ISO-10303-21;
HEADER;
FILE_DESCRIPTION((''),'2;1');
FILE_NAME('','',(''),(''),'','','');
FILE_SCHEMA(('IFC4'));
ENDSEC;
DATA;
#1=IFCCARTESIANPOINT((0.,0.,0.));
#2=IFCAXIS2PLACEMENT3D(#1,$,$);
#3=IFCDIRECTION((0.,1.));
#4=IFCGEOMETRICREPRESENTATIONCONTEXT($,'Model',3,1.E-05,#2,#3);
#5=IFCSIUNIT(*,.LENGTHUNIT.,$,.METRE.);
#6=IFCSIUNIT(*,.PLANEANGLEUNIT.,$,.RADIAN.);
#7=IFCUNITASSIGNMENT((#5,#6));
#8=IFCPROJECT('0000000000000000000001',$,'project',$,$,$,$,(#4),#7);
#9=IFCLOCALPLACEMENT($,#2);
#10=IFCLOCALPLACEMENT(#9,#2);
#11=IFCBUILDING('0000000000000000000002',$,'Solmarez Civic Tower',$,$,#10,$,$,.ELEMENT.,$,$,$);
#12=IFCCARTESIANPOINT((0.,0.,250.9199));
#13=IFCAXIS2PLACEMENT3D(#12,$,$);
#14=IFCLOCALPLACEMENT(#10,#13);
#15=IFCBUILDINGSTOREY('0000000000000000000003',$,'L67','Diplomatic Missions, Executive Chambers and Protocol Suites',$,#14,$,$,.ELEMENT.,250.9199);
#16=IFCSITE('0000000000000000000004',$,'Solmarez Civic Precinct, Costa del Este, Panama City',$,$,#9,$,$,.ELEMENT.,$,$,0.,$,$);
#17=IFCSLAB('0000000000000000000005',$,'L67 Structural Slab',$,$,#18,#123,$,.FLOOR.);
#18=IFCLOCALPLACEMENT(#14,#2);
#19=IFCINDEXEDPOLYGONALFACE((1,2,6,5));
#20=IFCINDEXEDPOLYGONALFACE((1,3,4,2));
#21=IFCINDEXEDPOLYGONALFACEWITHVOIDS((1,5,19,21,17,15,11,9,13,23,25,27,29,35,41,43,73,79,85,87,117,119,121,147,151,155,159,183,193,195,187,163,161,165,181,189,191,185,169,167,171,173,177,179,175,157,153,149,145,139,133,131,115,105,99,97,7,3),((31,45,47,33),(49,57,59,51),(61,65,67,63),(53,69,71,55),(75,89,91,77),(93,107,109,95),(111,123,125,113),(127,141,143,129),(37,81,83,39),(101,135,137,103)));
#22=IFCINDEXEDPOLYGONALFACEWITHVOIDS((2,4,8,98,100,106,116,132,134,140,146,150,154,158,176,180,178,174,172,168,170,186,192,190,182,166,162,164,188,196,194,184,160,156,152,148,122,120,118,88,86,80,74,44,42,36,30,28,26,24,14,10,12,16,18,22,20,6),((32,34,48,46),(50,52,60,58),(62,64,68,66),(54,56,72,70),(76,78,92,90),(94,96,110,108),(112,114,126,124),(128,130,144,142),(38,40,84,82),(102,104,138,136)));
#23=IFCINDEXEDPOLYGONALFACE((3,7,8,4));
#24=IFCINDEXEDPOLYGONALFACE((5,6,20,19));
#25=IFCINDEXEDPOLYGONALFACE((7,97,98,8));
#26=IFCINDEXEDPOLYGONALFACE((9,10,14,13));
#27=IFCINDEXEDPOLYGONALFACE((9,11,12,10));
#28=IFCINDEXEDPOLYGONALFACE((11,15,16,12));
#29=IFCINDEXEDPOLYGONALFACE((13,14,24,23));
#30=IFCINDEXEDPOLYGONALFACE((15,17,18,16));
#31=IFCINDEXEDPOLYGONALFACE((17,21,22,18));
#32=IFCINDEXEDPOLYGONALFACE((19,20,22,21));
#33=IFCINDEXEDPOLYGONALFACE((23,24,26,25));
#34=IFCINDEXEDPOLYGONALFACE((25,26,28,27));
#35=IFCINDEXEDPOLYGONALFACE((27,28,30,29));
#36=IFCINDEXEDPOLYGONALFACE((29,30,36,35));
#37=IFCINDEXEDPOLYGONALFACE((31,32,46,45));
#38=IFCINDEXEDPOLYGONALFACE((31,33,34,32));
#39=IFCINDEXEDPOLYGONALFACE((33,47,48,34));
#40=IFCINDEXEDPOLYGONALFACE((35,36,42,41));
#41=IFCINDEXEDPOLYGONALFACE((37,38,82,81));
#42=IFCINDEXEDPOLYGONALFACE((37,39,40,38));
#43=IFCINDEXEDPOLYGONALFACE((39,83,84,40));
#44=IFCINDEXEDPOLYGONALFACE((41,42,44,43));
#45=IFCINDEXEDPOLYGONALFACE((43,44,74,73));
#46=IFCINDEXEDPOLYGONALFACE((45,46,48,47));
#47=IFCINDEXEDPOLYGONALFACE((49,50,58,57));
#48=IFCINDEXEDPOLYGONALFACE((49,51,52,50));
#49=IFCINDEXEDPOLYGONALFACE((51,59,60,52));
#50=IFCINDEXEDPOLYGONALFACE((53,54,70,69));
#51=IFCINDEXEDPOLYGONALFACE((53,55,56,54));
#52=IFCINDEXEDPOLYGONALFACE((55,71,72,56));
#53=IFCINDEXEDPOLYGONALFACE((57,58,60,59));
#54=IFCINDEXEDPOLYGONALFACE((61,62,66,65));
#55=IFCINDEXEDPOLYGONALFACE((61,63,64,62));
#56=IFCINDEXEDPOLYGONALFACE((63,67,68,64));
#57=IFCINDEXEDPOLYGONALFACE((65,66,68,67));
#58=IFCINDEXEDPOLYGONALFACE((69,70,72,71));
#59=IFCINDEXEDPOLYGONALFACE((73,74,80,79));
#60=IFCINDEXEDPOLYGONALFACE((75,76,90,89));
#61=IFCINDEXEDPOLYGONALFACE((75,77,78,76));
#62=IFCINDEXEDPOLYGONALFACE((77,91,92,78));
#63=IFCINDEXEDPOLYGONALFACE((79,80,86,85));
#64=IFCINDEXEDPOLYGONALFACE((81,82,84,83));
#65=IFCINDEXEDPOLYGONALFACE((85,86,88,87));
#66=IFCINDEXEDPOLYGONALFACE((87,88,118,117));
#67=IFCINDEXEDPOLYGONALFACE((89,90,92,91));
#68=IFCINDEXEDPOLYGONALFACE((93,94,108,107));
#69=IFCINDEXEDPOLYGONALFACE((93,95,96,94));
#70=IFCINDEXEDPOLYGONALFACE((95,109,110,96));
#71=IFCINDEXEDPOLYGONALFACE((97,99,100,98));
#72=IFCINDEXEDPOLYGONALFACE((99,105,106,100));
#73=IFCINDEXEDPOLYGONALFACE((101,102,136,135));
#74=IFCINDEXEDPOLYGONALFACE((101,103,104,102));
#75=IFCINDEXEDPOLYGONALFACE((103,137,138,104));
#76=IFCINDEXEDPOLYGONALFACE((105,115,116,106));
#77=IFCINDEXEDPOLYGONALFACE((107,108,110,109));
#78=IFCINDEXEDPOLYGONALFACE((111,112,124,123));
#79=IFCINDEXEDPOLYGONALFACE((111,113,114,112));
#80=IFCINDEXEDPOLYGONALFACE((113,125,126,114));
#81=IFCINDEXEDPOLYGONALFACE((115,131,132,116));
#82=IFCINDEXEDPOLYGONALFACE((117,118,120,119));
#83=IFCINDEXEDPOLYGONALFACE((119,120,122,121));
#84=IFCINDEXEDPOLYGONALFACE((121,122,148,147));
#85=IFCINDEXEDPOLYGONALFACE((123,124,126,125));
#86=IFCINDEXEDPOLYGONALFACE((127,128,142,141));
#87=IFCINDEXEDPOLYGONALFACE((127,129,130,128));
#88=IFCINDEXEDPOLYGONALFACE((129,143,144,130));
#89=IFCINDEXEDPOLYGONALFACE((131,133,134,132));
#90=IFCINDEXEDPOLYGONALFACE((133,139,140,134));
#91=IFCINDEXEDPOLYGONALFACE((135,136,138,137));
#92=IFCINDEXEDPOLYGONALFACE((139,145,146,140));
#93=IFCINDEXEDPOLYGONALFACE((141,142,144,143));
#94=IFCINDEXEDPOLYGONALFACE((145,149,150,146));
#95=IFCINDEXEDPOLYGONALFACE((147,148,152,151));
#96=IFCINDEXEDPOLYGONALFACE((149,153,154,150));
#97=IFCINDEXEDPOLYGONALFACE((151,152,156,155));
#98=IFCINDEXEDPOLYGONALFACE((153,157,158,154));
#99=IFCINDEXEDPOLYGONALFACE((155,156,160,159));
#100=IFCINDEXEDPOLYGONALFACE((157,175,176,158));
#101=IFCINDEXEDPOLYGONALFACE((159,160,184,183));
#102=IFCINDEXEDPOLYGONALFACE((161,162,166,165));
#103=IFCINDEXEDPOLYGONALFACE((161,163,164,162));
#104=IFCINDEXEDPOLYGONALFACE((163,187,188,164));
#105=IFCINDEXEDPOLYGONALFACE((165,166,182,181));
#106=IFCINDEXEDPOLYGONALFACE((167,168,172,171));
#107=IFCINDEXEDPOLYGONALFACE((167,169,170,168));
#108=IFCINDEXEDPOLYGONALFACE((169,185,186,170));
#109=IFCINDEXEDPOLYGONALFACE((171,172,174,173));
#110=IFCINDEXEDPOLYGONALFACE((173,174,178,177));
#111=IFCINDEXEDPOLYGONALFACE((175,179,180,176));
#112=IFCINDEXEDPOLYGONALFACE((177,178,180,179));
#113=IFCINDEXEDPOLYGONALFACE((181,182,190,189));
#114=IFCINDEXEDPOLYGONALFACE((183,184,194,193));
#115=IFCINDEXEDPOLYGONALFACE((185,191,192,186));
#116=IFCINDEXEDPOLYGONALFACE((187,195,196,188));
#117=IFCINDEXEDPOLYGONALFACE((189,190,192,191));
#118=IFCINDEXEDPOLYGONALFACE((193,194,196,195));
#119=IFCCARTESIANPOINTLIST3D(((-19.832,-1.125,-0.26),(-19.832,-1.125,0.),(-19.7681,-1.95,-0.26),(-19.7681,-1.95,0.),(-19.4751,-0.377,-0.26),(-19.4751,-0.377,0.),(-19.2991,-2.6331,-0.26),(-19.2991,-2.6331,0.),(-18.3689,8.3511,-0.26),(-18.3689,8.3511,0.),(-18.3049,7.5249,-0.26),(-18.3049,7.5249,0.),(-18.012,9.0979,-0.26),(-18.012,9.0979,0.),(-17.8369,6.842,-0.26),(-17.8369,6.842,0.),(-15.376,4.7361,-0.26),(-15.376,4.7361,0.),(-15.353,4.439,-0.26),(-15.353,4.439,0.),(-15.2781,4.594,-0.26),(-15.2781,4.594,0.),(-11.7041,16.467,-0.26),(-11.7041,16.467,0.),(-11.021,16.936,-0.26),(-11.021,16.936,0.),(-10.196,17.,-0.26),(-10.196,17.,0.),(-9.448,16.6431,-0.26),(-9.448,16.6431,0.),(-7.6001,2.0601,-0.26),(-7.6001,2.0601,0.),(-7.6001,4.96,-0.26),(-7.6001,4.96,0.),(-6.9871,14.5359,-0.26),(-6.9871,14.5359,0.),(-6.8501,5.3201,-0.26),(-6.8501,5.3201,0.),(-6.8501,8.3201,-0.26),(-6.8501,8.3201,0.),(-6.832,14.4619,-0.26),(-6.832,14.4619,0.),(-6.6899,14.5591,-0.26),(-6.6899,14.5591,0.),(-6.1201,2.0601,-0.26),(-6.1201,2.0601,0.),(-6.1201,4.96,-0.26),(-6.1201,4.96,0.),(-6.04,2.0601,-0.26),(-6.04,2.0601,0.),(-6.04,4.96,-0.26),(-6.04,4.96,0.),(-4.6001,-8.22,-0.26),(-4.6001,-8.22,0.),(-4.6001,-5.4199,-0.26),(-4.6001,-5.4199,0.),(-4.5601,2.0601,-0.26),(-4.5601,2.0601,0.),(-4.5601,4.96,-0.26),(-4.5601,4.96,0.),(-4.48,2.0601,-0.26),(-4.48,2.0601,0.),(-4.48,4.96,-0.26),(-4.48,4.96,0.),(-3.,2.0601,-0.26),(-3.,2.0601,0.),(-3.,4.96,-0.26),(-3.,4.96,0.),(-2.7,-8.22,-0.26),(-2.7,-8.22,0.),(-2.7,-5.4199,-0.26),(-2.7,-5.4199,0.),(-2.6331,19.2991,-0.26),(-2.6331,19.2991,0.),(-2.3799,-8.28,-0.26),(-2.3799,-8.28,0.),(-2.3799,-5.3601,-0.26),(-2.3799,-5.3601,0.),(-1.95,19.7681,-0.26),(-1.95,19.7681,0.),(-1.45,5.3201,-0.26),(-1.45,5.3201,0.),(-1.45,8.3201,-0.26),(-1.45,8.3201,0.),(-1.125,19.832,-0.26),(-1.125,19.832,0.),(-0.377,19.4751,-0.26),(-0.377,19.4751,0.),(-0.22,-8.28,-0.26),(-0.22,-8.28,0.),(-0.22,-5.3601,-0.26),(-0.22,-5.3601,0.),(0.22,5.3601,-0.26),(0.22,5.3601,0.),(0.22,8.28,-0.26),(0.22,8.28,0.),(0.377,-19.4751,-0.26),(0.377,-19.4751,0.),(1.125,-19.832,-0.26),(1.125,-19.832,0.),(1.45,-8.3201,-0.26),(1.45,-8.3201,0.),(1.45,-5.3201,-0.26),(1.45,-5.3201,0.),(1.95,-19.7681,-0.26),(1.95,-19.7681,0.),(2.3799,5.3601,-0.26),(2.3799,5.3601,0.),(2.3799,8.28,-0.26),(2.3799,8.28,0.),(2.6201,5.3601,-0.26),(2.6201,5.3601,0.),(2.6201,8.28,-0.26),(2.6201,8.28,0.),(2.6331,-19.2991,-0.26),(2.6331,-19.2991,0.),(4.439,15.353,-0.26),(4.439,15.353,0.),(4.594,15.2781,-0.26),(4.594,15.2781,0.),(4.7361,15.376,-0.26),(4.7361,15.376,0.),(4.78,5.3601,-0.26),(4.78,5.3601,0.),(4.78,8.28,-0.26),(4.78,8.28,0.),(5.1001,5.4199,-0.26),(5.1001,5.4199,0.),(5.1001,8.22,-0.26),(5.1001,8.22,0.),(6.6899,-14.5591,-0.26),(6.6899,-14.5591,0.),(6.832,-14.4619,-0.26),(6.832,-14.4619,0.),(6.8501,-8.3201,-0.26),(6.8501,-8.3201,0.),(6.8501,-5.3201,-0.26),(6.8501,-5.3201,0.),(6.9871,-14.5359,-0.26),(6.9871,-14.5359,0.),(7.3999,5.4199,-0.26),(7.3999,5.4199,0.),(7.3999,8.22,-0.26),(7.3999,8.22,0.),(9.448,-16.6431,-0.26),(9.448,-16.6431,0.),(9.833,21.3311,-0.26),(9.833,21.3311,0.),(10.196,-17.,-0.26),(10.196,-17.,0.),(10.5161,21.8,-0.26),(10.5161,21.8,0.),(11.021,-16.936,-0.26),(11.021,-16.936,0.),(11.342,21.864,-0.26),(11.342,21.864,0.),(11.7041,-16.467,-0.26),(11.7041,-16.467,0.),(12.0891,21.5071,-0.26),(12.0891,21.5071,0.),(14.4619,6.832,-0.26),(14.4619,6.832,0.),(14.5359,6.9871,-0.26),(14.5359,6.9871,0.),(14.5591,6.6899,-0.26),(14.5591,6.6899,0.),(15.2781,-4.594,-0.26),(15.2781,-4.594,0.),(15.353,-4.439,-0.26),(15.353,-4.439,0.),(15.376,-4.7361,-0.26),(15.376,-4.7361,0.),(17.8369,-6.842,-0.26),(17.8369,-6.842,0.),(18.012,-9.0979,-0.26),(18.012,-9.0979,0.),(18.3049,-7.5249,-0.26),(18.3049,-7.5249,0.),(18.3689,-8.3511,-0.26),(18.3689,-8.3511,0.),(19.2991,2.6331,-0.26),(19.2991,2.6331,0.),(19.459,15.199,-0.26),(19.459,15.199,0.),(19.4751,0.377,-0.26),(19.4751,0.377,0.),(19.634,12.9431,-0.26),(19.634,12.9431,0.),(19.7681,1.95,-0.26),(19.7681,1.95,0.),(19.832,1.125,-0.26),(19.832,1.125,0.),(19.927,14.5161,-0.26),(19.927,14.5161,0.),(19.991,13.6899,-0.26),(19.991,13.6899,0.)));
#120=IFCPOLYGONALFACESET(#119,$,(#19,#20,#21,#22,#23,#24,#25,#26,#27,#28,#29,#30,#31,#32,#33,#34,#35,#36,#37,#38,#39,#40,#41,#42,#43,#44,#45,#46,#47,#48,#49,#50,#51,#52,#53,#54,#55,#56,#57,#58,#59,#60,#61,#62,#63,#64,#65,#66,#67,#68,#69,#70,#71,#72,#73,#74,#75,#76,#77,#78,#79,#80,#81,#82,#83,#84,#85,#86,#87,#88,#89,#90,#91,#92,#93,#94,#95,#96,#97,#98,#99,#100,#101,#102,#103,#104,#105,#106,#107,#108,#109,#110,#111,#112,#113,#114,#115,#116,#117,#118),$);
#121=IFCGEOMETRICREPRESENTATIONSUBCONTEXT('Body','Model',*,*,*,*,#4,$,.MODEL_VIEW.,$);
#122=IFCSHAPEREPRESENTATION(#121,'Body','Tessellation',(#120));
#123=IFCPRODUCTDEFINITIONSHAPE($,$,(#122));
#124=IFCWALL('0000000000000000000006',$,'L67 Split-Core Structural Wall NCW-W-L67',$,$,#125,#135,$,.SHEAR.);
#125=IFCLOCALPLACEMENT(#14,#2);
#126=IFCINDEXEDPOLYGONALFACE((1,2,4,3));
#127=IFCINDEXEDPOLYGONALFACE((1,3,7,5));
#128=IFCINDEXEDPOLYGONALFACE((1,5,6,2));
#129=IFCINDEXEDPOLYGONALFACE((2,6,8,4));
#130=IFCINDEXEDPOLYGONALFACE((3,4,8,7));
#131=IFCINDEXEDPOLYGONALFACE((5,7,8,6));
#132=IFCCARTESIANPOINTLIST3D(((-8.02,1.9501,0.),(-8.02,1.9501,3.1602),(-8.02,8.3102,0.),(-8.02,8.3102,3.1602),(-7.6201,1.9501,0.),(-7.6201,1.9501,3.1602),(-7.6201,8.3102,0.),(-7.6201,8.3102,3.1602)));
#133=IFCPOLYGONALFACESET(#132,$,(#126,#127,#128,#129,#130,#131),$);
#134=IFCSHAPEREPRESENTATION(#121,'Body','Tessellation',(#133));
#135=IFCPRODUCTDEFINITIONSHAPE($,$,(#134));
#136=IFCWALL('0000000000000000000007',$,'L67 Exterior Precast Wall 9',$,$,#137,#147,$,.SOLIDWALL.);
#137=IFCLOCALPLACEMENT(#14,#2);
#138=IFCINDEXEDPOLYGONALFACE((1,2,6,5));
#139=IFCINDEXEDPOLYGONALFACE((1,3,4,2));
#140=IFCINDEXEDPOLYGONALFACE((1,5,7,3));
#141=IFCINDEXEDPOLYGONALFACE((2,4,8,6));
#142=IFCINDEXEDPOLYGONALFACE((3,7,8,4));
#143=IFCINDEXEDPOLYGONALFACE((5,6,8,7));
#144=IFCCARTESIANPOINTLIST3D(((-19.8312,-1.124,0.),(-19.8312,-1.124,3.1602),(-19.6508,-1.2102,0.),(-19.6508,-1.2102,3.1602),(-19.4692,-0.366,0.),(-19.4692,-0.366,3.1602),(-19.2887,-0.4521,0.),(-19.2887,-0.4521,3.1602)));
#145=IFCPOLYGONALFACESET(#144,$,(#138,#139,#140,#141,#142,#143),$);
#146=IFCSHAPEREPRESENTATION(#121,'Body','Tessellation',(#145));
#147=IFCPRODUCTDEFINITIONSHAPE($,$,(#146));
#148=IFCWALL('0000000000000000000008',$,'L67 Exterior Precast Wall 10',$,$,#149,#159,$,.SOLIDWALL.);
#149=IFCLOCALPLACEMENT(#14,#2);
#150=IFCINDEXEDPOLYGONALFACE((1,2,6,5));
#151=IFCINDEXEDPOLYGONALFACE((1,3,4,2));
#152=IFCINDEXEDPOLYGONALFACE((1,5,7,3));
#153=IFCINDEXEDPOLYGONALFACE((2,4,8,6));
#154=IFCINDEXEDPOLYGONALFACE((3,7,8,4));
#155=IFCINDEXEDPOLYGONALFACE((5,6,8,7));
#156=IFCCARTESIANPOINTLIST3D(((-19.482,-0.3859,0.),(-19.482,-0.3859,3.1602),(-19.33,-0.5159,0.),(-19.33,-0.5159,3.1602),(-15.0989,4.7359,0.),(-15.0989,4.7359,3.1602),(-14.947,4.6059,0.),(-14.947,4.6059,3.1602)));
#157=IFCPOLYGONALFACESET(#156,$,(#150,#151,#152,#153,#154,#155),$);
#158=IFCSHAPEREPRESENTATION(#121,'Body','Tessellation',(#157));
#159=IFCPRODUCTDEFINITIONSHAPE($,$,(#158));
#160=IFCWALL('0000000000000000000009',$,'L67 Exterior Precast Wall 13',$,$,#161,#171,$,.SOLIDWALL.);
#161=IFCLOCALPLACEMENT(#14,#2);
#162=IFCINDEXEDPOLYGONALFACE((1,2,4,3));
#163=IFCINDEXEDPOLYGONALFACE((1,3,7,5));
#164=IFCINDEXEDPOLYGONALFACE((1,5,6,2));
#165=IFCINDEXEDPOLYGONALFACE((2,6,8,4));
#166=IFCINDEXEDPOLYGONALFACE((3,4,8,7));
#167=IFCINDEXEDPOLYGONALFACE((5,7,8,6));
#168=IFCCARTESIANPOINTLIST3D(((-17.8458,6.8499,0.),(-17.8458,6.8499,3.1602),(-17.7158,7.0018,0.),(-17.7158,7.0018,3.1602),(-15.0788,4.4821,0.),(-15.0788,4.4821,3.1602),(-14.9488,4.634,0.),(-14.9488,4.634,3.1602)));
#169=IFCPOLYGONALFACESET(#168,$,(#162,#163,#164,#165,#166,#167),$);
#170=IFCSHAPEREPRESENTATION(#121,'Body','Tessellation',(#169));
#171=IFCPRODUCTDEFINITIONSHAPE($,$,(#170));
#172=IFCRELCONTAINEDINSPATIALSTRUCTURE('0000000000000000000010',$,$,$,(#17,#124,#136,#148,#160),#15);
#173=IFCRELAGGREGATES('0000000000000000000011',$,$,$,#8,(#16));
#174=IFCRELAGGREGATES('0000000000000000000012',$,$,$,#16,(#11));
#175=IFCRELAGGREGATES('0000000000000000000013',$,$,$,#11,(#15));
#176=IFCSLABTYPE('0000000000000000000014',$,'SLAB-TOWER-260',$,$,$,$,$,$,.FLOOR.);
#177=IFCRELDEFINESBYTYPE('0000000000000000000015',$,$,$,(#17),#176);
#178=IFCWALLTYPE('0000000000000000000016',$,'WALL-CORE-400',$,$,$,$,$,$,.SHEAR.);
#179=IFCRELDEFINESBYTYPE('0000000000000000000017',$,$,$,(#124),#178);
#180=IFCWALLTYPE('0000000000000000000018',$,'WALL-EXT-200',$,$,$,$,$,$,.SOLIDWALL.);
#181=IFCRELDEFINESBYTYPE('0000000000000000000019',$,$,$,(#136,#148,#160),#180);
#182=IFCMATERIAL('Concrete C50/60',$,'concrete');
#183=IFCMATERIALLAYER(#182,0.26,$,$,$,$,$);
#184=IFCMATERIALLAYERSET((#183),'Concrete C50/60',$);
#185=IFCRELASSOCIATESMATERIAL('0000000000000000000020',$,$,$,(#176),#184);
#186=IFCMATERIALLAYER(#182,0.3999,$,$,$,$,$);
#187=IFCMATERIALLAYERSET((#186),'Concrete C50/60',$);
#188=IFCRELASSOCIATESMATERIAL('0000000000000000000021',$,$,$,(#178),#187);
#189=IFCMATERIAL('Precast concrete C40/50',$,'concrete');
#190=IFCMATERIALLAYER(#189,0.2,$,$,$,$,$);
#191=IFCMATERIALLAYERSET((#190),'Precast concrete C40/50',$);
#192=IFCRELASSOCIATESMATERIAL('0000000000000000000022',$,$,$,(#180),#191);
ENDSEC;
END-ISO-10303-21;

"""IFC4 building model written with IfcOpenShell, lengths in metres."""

from ifc_helpers import new_model, si_unit, direction, frame, frame_2d, origin, place, context, subcontext, project, spatial, polyline, rectangle, outline, extrude, material, layer, layer_set, type_object, element, save


model = new_model("IFC4")

# Units and contexts
model_context = context("Model", 3, precision=1e-05, world=origin(), true_north=direction((0.0, 1.0)))
body_context = subcontext(model_context, "Body", "Model", "MODEL_VIEW")
ifc_project = project(units=[si_unit("LENGTHUNIT", "METRE"), si_unit("PLANEANGLEUNIT", "RADIAN")], contexts=[model_context])

# Site, building, storey
site_placement = place(None, origin())
site = spatial("IfcSite", under=ifc_project, at=site_placement, Name="Solmarez Civic Precinct, Costa del Este, Panama City", CompositionType="ELEMENT", RefElevation=0.0)
building_placement = place(site_placement, origin())
building = spatial("IfcBuilding", under=site, at=building_placement, Name="Solmarez Civic Tower", CompositionType="ELEMENT")
storey_placement = place(building_placement, frame((0.0, 0.0, 250.9199)))
storey = spatial("IfcBuildingStorey", under=building, at=storey_placement, Name="L67", Description="Diplomatic Missions, Executive Chambers and Protocol Suites", CompositionType="ELEMENT", Elevation=250.9199)

# Shared definitions
ifc_material_1 = material(Name="Concrete C50/60", Category="concrete")

# Slab
ifc_layer_1 = layer(ifc_material_1, 0.26)
ifc_layer_set_1 = layer_set([ifc_layer_1], Name="Concrete C50/60")
slab_type_1 = type_object("IfcSlabType", Name="SLAB-TOWER-260", PredefinedType="FLOOR", material=ifc_layer_set_1)
slab_1_placement = place(storey_placement, frame((0.0, 0.0, -0.26)))
element("IfcSlab", 1, at=slab_1_placement, inside=storey, type_object=slab_type_1, Name="L67 Structural Slab", PredefinedType="FLOOR", context=body_context, shape_type="SweptSolid", body=[
    extrude(outline(polyline([(6.9871, -14.5359), (9.448, -16.6431), (10.196, -17.0), (11.021, -16.936), (11.7041, -16.467), (18.012, -9.0979), (18.3689, -8.3511), (18.3049, -7.5249), (17.8369, -6.842), (15.376, -4.7361), (15.2781, -4.594), (15.353, -4.439), (19.4751, 0.377), (19.832, 1.125), (19.7681, 1.95), (19.2991, 2.6331), (14.5591, 6.6899), (14.4619, 6.832), (14.5359, 6.9871), (19.634, 12.9431), (19.991, 13.6899), (19.927, 14.5161), (19.459, 15.199), (12.0891, 21.5071), (11.342, 21.864), (10.5161, 21.8), (9.833, 21.3311), (4.7361, 15.376), (4.594, 15.2781), (4.439, 15.353), (-0.377, 19.4751), (-1.125, 19.832), (-1.95, 19.7681), (-2.6331, 19.2991), (-6.6899, 14.5591), (-6.832, 14.4619), (-6.9871, 14.5359), (-9.448, 16.6431), (-10.196, 17.0), (-11.021, 16.936), (-11.7041, 16.467), (-18.012, 9.0979), (-18.3689, 8.3511), (-18.3049, 7.5249), (-17.8369, 6.842), (-15.376, 4.7361), (-15.2781, 4.594), (-15.353, 4.439), (-19.4751, -0.377), (-19.832, -1.125), (-19.7681, -1.95), (-19.2991, -2.6331), (0.377, -19.4751), (1.125, -19.832), (1.95, -19.7681), (2.6331, -19.2991), (6.6899, -14.5591), (6.832, -14.4619), (6.9871, -14.5359)]), holes=[polyline([(-1.45, 8.3201), (-6.8501, 8.3201), (-6.8501, 5.3201), (-1.45, 5.3201), (-1.45, 8.3201)]), polyline([(1.45, -8.3201), (6.8501, -8.3201), (6.8501, -5.3201), (1.45, -5.3201), (1.45, -8.3201)]), polyline([(0.22, 5.3601), (2.3799, 5.3601), (2.3799, 8.28), (0.22, 8.28), (0.22, 5.3601)]), polyline([(2.6201, 5.3601), (4.78, 5.3601), (4.78, 8.28), (2.6201, 8.28), (2.6201, 5.3601)]), polyline([(-2.3799, -8.28), (-0.22, -8.28), (-0.22, -5.3601), (-2.3799, -5.3601), (-2.3799, -8.28)]), polyline([(-7.6001, 2.0601), (-6.1201, 2.0601), (-6.1201, 4.96), (-7.6001, 4.96), (-7.6001, 2.0601)]), polyline([(-6.04, 2.0601), (-4.5601, 2.0601), (-4.5601, 4.96), (-6.04, 4.96), (-6.04, 2.0601)]), polyline([(-4.48, 2.0601), (-3.0, 2.0601), (-3.0, 4.96), (-4.48, 4.96), (-4.48, 2.0601)]), polyline([(5.1001, 5.4199), (7.3999, 5.4199), (7.3999, 8.22), (5.1001, 8.22), (5.1001, 5.4199)]), polyline([(-4.6001, -8.22), (-2.7, -8.22), (-2.7, -5.4199), (-4.6001, -5.4199), (-4.6001, -8.22)])]), origin(), (0.0, 0.0, 1.0), 0.26),
])

# Walls
ifc_layer_2 = layer(ifc_material_1, 0.3999)
ifc_layer_set_2 = layer_set([ifc_layer_2], Name="Concrete C50/60")
wall_type_1 = type_object("IfcWallType", Name="WALL-CORE-400", PredefinedType="SHEAR", material=ifc_layer_set_2)
wall_1_placement = place(storey_placement, frame((-7.8201, 1.95, 0.0), z_axis=(0.0, 0.0, 1.0), x_axis=(0.0, 1.0, 0.0)))
element("IfcWall", 2, at=wall_1_placement, inside=storey, type_object=wall_type_1, Name="L67 Split-Core Structural Wall NCW-W-L67", PredefinedType="SHEAR", context=body_context, shape_type="SweptSolid", body=[
    extrude(rectangle(XDim=6.3601, YDim=0.3999, at=frame_2d((3.1802, 0.0))), origin(), (0.0, 0.0, 1.0), 3.1602),
])
ifc_material_2 = material(Name="Precast concrete C40/50", Category="concrete")
ifc_layer_3 = layer(ifc_material_2, 0.2)
ifc_layer_set_3 = layer_set([ifc_layer_3], Name="Precast concrete C40/50")
wall_type_2 = type_object("IfcWallType", Name="WALL-EXT-200", PredefinedType="SOLIDWALL", material=ifc_layer_set_3)
wall_2_placement = place(storey_placement, frame((-19.741, -1.167, 0.0), z_axis=(0.0, 0.0, 1.0), x_axis=(0.430982, 0.90236, 0.0)))
element("IfcWall", 3, at=wall_2_placement, inside=storey, type_object=wall_type_2, Name="L67 Exterior Precast Wall 9", PredefinedType="SOLIDWALL", context=body_context, shape_type="SweptSolid", body=[
    extrude(rectangle(XDim=0.8401, YDim=0.2, at=frame_2d((0.4199, 0.0))), origin(), (0.0, 0.0, 1.0), 3.1602),
])
wall_3_placement = place(storey_placement, frame((-19.406, -0.4509, 0.0), z_axis=(0.0, 0.0, 1.0), x_axis=(0.650186, 0.759775, 0.0)))
element("IfcWall", 4, at=wall_3_placement, inside=storey, type_object=wall_type_2, Name="L67 Exterior Precast Wall 10", PredefinedType="SOLIDWALL", context=body_context, shape_type="SweptSolid", body=[
    extrude(rectangle(XDim=6.7412, YDim=0.2, at=frame_2d((3.3706, 0.0))), origin(), (0.0, 0.0, 1.0), 3.1602),
])
wall_4_placement = place(storey_placement, frame((-15.0139, 4.5581, 0.0), z_axis=(0.0, 0.0, 1.0), x_axis=(-0.759782, 0.650178, 0.0)))
element("IfcWall", 5, at=wall_4_placement, inside=storey, type_object=wall_type_2, Name="L67 Exterior Precast Wall 13", PredefinedType="SOLIDWALL", context=body_context, shape_type="SweptSolid", body=[
    extrude(rectangle(XDim=3.6418, YDim=0.2, at=frame_2d((1.8208, 0.0))), origin(), (0.0, 0.0, 1.0), 3.1602),
])

save(model, "model.ifc")
